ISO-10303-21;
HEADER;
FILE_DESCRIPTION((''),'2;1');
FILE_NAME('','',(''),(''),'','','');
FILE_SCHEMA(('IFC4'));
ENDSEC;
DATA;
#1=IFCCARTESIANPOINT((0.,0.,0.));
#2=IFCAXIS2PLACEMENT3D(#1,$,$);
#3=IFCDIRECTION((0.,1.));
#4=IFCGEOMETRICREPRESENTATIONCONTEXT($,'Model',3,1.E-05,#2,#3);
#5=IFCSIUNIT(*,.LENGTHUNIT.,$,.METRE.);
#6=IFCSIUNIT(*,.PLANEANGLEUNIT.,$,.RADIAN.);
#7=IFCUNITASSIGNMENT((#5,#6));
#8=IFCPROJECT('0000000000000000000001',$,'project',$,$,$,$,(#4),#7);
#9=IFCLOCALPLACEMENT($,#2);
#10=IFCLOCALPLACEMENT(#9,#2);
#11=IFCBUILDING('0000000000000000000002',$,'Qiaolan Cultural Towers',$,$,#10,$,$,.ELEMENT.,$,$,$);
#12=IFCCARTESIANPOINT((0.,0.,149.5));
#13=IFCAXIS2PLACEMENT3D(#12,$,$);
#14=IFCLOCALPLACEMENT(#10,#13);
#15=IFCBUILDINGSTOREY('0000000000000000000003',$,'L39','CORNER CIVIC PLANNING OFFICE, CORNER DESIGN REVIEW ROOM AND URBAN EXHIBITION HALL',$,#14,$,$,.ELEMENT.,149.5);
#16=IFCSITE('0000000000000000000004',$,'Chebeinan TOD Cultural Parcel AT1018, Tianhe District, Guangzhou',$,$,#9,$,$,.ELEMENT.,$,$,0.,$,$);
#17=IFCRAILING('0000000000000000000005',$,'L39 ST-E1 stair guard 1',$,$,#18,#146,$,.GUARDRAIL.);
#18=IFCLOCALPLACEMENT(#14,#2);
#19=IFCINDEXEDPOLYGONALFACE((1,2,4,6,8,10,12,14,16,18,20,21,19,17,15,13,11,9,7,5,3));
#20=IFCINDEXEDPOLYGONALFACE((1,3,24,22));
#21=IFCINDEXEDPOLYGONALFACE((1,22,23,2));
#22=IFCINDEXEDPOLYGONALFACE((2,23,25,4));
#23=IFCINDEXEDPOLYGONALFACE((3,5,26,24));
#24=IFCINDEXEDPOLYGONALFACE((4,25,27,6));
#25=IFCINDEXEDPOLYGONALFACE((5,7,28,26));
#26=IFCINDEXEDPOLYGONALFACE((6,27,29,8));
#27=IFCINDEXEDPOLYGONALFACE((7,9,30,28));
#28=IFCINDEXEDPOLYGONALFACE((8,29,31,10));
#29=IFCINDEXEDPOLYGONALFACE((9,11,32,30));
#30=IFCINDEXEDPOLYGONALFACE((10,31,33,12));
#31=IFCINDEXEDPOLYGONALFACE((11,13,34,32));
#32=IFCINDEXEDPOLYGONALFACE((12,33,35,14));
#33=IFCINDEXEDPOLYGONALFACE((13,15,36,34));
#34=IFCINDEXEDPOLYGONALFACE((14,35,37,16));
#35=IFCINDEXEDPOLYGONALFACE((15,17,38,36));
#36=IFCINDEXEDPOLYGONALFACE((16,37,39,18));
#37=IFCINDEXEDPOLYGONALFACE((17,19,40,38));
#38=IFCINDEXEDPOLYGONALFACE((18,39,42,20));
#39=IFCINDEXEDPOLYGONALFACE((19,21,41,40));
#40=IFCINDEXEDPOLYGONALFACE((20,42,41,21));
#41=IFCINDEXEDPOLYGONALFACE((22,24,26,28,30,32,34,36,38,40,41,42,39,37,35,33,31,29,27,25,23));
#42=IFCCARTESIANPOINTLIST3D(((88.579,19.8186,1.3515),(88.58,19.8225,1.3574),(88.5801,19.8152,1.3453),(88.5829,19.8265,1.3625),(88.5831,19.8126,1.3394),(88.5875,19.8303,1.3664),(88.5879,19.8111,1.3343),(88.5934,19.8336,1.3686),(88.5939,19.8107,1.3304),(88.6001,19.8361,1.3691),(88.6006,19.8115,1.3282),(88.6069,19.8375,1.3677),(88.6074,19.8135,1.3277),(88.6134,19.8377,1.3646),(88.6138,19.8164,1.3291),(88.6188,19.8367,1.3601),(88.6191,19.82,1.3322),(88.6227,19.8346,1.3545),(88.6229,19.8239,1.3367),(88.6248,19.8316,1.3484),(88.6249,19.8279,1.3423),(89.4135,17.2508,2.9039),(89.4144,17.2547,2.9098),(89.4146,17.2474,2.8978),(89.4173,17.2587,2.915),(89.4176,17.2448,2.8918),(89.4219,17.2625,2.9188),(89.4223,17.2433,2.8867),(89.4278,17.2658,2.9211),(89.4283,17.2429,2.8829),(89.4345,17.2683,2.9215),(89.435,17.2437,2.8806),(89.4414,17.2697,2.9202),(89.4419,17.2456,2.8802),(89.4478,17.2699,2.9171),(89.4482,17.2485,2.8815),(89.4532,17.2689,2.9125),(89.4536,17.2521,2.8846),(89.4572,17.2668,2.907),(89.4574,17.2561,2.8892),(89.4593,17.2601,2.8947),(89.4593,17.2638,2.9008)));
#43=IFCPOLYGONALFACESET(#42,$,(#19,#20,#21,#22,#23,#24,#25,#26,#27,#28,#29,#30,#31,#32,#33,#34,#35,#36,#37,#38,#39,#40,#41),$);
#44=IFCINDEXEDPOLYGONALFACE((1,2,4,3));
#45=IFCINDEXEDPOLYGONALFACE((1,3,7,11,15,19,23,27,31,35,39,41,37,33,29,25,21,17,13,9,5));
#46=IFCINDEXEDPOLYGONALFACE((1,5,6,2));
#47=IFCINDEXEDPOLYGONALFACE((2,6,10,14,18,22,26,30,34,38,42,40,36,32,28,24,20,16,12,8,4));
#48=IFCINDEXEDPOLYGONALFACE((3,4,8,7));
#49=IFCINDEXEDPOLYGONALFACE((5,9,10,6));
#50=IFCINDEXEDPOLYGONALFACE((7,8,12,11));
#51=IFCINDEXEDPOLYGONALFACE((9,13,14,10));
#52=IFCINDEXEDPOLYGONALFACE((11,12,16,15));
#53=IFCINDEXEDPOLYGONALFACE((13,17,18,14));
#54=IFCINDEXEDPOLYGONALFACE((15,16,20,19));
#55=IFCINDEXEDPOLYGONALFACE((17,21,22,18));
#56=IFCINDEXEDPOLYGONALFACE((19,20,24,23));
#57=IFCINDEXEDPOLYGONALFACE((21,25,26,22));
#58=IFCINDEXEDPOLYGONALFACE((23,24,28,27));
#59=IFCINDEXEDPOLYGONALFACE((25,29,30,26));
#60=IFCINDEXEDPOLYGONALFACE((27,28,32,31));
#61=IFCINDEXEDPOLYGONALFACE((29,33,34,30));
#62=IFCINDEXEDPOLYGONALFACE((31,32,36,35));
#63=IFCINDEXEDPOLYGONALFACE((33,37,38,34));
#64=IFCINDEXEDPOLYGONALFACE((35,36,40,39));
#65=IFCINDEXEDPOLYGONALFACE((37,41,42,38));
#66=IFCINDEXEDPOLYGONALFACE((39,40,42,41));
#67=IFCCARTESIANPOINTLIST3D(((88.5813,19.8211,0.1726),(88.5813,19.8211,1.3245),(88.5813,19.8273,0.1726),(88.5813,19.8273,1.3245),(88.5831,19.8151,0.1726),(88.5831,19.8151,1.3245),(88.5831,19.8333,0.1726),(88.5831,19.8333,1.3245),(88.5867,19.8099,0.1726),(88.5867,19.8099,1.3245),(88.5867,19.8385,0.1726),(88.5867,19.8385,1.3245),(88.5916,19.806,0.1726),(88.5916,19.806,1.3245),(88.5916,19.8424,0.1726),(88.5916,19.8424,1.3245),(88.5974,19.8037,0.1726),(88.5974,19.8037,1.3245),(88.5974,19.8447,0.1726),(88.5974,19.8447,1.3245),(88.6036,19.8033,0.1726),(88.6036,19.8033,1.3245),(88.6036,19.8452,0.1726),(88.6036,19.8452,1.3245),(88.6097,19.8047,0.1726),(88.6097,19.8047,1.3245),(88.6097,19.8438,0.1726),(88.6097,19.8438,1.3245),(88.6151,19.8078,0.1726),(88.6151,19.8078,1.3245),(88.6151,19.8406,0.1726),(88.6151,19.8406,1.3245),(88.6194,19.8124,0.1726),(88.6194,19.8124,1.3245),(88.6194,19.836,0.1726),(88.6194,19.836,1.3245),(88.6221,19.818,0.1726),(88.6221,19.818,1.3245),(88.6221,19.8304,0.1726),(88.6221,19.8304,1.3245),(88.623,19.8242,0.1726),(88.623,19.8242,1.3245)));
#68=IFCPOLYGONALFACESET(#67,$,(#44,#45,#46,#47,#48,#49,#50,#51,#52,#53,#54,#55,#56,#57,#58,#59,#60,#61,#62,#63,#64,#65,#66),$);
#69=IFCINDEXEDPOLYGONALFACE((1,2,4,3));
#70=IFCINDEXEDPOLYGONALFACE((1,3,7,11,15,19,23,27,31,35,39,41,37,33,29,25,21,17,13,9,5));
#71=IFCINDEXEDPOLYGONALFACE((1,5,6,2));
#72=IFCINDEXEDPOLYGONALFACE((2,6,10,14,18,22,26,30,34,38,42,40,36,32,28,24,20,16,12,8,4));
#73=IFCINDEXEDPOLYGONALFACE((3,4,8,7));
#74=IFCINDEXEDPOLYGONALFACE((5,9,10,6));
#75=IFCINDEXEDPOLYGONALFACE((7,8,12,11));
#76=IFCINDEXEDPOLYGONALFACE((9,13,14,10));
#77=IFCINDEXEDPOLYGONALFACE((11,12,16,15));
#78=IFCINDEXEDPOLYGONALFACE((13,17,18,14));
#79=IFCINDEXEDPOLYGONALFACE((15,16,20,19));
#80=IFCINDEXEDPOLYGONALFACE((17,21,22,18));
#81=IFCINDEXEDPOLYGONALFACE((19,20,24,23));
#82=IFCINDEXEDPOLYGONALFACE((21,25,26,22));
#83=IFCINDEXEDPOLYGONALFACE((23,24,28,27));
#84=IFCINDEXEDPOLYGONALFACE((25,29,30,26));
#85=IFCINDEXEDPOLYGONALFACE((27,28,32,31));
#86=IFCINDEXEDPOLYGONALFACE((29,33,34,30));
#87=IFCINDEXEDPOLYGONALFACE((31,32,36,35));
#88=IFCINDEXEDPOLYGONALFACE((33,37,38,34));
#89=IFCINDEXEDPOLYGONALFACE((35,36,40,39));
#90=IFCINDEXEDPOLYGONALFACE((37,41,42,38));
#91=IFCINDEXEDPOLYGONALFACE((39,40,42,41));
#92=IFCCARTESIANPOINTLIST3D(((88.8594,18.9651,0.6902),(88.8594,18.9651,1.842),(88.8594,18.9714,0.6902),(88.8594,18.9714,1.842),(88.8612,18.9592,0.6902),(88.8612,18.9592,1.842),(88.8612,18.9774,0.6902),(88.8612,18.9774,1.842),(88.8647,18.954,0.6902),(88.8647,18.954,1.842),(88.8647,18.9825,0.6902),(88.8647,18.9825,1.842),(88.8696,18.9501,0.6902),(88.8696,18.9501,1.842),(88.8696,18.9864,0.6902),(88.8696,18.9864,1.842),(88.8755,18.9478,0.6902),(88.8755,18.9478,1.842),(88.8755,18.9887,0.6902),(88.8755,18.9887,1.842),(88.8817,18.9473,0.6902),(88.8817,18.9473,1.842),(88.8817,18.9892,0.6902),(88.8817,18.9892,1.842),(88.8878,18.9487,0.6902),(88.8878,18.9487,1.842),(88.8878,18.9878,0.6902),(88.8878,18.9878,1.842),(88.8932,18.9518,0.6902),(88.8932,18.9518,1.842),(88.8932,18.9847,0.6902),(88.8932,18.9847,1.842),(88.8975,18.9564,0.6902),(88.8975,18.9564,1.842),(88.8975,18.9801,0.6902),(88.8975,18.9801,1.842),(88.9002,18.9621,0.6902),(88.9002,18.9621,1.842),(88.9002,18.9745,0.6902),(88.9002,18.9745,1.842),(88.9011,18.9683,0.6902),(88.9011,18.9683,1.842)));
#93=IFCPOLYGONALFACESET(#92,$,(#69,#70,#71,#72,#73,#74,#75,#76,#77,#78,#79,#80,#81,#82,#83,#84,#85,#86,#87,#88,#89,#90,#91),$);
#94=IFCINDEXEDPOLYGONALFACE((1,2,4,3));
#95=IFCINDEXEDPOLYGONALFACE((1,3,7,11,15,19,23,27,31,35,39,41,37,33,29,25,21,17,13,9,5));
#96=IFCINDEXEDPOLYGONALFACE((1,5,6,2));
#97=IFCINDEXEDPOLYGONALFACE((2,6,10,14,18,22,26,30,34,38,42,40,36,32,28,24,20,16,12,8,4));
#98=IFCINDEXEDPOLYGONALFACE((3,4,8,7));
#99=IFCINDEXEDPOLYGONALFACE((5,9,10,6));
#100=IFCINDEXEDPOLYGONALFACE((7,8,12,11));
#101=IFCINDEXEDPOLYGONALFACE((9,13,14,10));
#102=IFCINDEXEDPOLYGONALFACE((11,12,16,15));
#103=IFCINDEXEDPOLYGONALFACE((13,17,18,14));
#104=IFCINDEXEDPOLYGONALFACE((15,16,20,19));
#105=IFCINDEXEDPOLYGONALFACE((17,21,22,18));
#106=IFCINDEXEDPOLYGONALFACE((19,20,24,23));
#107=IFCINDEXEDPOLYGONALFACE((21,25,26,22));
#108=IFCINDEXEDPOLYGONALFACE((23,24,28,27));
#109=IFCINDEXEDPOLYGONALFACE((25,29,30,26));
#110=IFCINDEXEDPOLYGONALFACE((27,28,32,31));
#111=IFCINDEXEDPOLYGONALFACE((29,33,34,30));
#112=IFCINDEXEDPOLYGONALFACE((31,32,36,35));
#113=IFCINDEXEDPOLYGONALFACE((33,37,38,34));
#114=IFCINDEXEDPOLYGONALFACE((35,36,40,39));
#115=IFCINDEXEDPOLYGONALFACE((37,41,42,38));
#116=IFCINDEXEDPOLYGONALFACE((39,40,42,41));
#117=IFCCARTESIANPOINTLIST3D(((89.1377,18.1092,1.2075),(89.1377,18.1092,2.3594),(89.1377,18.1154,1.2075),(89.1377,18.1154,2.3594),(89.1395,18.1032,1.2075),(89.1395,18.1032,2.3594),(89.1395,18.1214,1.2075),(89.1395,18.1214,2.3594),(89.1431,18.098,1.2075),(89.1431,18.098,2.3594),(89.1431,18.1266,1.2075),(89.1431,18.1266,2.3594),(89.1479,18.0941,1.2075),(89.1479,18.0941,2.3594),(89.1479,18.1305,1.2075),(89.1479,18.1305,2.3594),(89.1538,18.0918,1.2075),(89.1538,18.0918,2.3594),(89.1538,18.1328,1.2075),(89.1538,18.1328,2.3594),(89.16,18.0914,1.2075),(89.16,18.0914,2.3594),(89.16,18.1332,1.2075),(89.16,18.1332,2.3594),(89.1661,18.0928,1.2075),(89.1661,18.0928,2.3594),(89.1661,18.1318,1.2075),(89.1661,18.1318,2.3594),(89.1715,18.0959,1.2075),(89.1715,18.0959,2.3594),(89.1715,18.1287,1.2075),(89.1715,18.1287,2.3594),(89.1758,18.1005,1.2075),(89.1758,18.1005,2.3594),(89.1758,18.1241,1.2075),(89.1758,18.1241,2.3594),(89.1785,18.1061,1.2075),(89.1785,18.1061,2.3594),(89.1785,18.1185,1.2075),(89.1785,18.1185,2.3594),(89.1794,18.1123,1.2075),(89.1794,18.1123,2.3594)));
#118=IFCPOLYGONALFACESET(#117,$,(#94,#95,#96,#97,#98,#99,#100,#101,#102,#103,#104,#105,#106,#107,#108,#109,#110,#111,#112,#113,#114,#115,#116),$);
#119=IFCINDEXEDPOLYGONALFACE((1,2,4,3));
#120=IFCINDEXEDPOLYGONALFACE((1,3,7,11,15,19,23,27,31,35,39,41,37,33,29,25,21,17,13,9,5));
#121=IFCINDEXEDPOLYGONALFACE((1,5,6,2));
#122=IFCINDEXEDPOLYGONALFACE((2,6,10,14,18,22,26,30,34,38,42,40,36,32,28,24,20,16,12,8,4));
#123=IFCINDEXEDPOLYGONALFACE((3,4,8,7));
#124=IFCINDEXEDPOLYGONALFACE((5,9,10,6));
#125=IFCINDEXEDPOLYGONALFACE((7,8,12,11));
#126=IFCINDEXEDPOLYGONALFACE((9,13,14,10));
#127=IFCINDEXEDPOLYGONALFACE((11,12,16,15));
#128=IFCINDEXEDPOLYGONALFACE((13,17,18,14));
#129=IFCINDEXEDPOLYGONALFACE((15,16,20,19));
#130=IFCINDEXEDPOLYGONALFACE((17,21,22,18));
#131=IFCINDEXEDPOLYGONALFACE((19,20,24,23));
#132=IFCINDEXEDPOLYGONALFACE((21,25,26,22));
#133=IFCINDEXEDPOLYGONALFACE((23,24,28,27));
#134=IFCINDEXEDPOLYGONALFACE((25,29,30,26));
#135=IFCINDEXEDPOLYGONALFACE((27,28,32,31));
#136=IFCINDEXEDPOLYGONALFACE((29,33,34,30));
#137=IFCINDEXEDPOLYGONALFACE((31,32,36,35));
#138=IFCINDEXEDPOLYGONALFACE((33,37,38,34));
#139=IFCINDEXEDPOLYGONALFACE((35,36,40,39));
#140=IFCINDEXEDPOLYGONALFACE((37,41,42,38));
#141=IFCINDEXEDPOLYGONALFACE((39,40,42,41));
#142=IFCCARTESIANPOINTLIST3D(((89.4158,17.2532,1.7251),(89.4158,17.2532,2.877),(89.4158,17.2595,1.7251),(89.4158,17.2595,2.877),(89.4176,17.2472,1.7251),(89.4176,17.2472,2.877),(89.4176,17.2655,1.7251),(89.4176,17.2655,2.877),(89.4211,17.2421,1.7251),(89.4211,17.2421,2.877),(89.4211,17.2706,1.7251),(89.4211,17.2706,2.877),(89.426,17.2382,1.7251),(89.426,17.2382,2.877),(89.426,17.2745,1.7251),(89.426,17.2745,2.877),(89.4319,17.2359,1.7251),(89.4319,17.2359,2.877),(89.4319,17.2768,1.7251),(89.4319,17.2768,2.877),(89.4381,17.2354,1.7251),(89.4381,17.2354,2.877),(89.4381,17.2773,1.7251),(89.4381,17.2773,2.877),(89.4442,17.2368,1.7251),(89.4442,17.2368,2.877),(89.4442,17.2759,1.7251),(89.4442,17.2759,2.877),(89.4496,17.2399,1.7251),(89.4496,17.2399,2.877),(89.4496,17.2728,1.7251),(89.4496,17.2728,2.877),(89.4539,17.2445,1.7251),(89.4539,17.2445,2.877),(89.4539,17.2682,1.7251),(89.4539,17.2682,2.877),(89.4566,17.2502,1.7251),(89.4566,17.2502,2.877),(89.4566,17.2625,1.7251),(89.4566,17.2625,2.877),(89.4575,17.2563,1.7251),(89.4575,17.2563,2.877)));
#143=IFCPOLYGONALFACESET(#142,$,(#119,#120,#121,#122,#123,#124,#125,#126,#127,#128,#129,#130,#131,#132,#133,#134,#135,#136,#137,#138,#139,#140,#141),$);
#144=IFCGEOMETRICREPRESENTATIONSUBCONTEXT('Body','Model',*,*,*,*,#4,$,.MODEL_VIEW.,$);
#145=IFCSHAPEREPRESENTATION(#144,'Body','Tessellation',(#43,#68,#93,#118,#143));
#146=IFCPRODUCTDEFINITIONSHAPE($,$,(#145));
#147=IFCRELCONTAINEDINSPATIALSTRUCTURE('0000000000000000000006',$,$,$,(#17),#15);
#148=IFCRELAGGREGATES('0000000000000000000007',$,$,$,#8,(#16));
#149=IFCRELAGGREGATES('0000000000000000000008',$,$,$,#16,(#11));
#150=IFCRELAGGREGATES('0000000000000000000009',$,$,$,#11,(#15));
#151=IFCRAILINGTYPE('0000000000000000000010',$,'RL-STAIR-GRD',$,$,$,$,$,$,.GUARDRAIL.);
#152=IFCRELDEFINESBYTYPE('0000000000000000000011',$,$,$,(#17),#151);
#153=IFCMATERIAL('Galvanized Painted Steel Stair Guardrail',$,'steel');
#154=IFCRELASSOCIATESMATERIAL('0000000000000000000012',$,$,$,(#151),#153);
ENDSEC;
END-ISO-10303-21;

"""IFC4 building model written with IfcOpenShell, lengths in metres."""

from ifc_helpers import new_model, si_unit, direction, frame, origin, origin_2d, place, context, subcontext, project, spatial, circle, extrude, material, type_object, element, save


model = new_model("IFC4")

# Units and contexts
model_context = context("Model", 3, precision=1e-05, world=origin(), true_north=direction((0.0, 1.0)))
body_context = subcontext(model_context, "Body", "Model", "MODEL_VIEW")
ifc_project = project(units=[si_unit("LENGTHUNIT", "METRE"), si_unit("PLANEANGLEUNIT", "RADIAN")], contexts=[model_context])

# Site, building, storey
site_placement = place(None, origin())
site = spatial("IfcSite", under=ifc_project, at=site_placement, Name="Chebeinan TOD Cultural Parcel AT1018, Tianhe District, Guangzhou", CompositionType="ELEMENT", RefElevation=0.0)
building_placement = place(site_placement, origin())
building = spatial("IfcBuilding", under=site, at=building_placement, Name="Qiaolan Cultural Towers", CompositionType="ELEMENT")
storey_placement = place(building_placement, frame((0.0, 0.0, 149.5)))
storey = spatial("IfcBuildingStorey", under=building, at=storey_placement, Name="L39", Description="CORNER CIVIC PLANNING OFFICE, CORNER DESIGN REVIEW ROOM AND URBAN EXHIBITION HALL", CompositionType="ELEMENT", Elevation=149.5)

# Railing
ifc_material_1 = material(Name="Galvanized Painted Steel Stair Guardrail", Category="steel")
railing_type_1 = type_object("IfcRailingType", Name="RL-STAIR-GRD", PredefinedType="GUARDRAIL", material=ifc_material_1)
railing_1_placement = place(storey_placement, frame((88.6021, 19.8242, 0.1726)))
element("IfcRailing", 1, at=railing_1_placement, inside=storey, type_object=railing_type_1, Name="L39 ST-E1 stair guard 1", PredefinedType="GUARDRAIL", context=body_context, shape_type="SweptSolid", body=[
    extrude(circle(Radius=0.0239, at=origin_2d()), frame((0.0, 0.0, 1.1758), z_axis=(0.267926, -0.824471, 0.498461), x_axis=(0.951043, 0.309057, 0.0)), (0.0, 0.0, 1.0), 3.1145),
    extrude(circle(Radius=0.021, at=origin_2d()), origin(), (0.0, 0.0, 1.0), 1.1519),
    extrude(circle(Radius=0.021, at=origin_2d()), frame((0.2781, -0.856, 0.5176)), (0.0, 0.0, 1.0), 1.1519),
    extrude(circle(Radius=0.021, at=origin_2d()), frame((0.5564, -1.7119, 1.0349)), (0.0, 0.0, 1.0), 1.1519),
    extrude(circle(Radius=0.021, at=origin_2d()), frame((0.8345, -2.5679, 1.5525)), (0.0, 0.0, 1.0), 1.1519),
])

save(model, "model.ifc")
